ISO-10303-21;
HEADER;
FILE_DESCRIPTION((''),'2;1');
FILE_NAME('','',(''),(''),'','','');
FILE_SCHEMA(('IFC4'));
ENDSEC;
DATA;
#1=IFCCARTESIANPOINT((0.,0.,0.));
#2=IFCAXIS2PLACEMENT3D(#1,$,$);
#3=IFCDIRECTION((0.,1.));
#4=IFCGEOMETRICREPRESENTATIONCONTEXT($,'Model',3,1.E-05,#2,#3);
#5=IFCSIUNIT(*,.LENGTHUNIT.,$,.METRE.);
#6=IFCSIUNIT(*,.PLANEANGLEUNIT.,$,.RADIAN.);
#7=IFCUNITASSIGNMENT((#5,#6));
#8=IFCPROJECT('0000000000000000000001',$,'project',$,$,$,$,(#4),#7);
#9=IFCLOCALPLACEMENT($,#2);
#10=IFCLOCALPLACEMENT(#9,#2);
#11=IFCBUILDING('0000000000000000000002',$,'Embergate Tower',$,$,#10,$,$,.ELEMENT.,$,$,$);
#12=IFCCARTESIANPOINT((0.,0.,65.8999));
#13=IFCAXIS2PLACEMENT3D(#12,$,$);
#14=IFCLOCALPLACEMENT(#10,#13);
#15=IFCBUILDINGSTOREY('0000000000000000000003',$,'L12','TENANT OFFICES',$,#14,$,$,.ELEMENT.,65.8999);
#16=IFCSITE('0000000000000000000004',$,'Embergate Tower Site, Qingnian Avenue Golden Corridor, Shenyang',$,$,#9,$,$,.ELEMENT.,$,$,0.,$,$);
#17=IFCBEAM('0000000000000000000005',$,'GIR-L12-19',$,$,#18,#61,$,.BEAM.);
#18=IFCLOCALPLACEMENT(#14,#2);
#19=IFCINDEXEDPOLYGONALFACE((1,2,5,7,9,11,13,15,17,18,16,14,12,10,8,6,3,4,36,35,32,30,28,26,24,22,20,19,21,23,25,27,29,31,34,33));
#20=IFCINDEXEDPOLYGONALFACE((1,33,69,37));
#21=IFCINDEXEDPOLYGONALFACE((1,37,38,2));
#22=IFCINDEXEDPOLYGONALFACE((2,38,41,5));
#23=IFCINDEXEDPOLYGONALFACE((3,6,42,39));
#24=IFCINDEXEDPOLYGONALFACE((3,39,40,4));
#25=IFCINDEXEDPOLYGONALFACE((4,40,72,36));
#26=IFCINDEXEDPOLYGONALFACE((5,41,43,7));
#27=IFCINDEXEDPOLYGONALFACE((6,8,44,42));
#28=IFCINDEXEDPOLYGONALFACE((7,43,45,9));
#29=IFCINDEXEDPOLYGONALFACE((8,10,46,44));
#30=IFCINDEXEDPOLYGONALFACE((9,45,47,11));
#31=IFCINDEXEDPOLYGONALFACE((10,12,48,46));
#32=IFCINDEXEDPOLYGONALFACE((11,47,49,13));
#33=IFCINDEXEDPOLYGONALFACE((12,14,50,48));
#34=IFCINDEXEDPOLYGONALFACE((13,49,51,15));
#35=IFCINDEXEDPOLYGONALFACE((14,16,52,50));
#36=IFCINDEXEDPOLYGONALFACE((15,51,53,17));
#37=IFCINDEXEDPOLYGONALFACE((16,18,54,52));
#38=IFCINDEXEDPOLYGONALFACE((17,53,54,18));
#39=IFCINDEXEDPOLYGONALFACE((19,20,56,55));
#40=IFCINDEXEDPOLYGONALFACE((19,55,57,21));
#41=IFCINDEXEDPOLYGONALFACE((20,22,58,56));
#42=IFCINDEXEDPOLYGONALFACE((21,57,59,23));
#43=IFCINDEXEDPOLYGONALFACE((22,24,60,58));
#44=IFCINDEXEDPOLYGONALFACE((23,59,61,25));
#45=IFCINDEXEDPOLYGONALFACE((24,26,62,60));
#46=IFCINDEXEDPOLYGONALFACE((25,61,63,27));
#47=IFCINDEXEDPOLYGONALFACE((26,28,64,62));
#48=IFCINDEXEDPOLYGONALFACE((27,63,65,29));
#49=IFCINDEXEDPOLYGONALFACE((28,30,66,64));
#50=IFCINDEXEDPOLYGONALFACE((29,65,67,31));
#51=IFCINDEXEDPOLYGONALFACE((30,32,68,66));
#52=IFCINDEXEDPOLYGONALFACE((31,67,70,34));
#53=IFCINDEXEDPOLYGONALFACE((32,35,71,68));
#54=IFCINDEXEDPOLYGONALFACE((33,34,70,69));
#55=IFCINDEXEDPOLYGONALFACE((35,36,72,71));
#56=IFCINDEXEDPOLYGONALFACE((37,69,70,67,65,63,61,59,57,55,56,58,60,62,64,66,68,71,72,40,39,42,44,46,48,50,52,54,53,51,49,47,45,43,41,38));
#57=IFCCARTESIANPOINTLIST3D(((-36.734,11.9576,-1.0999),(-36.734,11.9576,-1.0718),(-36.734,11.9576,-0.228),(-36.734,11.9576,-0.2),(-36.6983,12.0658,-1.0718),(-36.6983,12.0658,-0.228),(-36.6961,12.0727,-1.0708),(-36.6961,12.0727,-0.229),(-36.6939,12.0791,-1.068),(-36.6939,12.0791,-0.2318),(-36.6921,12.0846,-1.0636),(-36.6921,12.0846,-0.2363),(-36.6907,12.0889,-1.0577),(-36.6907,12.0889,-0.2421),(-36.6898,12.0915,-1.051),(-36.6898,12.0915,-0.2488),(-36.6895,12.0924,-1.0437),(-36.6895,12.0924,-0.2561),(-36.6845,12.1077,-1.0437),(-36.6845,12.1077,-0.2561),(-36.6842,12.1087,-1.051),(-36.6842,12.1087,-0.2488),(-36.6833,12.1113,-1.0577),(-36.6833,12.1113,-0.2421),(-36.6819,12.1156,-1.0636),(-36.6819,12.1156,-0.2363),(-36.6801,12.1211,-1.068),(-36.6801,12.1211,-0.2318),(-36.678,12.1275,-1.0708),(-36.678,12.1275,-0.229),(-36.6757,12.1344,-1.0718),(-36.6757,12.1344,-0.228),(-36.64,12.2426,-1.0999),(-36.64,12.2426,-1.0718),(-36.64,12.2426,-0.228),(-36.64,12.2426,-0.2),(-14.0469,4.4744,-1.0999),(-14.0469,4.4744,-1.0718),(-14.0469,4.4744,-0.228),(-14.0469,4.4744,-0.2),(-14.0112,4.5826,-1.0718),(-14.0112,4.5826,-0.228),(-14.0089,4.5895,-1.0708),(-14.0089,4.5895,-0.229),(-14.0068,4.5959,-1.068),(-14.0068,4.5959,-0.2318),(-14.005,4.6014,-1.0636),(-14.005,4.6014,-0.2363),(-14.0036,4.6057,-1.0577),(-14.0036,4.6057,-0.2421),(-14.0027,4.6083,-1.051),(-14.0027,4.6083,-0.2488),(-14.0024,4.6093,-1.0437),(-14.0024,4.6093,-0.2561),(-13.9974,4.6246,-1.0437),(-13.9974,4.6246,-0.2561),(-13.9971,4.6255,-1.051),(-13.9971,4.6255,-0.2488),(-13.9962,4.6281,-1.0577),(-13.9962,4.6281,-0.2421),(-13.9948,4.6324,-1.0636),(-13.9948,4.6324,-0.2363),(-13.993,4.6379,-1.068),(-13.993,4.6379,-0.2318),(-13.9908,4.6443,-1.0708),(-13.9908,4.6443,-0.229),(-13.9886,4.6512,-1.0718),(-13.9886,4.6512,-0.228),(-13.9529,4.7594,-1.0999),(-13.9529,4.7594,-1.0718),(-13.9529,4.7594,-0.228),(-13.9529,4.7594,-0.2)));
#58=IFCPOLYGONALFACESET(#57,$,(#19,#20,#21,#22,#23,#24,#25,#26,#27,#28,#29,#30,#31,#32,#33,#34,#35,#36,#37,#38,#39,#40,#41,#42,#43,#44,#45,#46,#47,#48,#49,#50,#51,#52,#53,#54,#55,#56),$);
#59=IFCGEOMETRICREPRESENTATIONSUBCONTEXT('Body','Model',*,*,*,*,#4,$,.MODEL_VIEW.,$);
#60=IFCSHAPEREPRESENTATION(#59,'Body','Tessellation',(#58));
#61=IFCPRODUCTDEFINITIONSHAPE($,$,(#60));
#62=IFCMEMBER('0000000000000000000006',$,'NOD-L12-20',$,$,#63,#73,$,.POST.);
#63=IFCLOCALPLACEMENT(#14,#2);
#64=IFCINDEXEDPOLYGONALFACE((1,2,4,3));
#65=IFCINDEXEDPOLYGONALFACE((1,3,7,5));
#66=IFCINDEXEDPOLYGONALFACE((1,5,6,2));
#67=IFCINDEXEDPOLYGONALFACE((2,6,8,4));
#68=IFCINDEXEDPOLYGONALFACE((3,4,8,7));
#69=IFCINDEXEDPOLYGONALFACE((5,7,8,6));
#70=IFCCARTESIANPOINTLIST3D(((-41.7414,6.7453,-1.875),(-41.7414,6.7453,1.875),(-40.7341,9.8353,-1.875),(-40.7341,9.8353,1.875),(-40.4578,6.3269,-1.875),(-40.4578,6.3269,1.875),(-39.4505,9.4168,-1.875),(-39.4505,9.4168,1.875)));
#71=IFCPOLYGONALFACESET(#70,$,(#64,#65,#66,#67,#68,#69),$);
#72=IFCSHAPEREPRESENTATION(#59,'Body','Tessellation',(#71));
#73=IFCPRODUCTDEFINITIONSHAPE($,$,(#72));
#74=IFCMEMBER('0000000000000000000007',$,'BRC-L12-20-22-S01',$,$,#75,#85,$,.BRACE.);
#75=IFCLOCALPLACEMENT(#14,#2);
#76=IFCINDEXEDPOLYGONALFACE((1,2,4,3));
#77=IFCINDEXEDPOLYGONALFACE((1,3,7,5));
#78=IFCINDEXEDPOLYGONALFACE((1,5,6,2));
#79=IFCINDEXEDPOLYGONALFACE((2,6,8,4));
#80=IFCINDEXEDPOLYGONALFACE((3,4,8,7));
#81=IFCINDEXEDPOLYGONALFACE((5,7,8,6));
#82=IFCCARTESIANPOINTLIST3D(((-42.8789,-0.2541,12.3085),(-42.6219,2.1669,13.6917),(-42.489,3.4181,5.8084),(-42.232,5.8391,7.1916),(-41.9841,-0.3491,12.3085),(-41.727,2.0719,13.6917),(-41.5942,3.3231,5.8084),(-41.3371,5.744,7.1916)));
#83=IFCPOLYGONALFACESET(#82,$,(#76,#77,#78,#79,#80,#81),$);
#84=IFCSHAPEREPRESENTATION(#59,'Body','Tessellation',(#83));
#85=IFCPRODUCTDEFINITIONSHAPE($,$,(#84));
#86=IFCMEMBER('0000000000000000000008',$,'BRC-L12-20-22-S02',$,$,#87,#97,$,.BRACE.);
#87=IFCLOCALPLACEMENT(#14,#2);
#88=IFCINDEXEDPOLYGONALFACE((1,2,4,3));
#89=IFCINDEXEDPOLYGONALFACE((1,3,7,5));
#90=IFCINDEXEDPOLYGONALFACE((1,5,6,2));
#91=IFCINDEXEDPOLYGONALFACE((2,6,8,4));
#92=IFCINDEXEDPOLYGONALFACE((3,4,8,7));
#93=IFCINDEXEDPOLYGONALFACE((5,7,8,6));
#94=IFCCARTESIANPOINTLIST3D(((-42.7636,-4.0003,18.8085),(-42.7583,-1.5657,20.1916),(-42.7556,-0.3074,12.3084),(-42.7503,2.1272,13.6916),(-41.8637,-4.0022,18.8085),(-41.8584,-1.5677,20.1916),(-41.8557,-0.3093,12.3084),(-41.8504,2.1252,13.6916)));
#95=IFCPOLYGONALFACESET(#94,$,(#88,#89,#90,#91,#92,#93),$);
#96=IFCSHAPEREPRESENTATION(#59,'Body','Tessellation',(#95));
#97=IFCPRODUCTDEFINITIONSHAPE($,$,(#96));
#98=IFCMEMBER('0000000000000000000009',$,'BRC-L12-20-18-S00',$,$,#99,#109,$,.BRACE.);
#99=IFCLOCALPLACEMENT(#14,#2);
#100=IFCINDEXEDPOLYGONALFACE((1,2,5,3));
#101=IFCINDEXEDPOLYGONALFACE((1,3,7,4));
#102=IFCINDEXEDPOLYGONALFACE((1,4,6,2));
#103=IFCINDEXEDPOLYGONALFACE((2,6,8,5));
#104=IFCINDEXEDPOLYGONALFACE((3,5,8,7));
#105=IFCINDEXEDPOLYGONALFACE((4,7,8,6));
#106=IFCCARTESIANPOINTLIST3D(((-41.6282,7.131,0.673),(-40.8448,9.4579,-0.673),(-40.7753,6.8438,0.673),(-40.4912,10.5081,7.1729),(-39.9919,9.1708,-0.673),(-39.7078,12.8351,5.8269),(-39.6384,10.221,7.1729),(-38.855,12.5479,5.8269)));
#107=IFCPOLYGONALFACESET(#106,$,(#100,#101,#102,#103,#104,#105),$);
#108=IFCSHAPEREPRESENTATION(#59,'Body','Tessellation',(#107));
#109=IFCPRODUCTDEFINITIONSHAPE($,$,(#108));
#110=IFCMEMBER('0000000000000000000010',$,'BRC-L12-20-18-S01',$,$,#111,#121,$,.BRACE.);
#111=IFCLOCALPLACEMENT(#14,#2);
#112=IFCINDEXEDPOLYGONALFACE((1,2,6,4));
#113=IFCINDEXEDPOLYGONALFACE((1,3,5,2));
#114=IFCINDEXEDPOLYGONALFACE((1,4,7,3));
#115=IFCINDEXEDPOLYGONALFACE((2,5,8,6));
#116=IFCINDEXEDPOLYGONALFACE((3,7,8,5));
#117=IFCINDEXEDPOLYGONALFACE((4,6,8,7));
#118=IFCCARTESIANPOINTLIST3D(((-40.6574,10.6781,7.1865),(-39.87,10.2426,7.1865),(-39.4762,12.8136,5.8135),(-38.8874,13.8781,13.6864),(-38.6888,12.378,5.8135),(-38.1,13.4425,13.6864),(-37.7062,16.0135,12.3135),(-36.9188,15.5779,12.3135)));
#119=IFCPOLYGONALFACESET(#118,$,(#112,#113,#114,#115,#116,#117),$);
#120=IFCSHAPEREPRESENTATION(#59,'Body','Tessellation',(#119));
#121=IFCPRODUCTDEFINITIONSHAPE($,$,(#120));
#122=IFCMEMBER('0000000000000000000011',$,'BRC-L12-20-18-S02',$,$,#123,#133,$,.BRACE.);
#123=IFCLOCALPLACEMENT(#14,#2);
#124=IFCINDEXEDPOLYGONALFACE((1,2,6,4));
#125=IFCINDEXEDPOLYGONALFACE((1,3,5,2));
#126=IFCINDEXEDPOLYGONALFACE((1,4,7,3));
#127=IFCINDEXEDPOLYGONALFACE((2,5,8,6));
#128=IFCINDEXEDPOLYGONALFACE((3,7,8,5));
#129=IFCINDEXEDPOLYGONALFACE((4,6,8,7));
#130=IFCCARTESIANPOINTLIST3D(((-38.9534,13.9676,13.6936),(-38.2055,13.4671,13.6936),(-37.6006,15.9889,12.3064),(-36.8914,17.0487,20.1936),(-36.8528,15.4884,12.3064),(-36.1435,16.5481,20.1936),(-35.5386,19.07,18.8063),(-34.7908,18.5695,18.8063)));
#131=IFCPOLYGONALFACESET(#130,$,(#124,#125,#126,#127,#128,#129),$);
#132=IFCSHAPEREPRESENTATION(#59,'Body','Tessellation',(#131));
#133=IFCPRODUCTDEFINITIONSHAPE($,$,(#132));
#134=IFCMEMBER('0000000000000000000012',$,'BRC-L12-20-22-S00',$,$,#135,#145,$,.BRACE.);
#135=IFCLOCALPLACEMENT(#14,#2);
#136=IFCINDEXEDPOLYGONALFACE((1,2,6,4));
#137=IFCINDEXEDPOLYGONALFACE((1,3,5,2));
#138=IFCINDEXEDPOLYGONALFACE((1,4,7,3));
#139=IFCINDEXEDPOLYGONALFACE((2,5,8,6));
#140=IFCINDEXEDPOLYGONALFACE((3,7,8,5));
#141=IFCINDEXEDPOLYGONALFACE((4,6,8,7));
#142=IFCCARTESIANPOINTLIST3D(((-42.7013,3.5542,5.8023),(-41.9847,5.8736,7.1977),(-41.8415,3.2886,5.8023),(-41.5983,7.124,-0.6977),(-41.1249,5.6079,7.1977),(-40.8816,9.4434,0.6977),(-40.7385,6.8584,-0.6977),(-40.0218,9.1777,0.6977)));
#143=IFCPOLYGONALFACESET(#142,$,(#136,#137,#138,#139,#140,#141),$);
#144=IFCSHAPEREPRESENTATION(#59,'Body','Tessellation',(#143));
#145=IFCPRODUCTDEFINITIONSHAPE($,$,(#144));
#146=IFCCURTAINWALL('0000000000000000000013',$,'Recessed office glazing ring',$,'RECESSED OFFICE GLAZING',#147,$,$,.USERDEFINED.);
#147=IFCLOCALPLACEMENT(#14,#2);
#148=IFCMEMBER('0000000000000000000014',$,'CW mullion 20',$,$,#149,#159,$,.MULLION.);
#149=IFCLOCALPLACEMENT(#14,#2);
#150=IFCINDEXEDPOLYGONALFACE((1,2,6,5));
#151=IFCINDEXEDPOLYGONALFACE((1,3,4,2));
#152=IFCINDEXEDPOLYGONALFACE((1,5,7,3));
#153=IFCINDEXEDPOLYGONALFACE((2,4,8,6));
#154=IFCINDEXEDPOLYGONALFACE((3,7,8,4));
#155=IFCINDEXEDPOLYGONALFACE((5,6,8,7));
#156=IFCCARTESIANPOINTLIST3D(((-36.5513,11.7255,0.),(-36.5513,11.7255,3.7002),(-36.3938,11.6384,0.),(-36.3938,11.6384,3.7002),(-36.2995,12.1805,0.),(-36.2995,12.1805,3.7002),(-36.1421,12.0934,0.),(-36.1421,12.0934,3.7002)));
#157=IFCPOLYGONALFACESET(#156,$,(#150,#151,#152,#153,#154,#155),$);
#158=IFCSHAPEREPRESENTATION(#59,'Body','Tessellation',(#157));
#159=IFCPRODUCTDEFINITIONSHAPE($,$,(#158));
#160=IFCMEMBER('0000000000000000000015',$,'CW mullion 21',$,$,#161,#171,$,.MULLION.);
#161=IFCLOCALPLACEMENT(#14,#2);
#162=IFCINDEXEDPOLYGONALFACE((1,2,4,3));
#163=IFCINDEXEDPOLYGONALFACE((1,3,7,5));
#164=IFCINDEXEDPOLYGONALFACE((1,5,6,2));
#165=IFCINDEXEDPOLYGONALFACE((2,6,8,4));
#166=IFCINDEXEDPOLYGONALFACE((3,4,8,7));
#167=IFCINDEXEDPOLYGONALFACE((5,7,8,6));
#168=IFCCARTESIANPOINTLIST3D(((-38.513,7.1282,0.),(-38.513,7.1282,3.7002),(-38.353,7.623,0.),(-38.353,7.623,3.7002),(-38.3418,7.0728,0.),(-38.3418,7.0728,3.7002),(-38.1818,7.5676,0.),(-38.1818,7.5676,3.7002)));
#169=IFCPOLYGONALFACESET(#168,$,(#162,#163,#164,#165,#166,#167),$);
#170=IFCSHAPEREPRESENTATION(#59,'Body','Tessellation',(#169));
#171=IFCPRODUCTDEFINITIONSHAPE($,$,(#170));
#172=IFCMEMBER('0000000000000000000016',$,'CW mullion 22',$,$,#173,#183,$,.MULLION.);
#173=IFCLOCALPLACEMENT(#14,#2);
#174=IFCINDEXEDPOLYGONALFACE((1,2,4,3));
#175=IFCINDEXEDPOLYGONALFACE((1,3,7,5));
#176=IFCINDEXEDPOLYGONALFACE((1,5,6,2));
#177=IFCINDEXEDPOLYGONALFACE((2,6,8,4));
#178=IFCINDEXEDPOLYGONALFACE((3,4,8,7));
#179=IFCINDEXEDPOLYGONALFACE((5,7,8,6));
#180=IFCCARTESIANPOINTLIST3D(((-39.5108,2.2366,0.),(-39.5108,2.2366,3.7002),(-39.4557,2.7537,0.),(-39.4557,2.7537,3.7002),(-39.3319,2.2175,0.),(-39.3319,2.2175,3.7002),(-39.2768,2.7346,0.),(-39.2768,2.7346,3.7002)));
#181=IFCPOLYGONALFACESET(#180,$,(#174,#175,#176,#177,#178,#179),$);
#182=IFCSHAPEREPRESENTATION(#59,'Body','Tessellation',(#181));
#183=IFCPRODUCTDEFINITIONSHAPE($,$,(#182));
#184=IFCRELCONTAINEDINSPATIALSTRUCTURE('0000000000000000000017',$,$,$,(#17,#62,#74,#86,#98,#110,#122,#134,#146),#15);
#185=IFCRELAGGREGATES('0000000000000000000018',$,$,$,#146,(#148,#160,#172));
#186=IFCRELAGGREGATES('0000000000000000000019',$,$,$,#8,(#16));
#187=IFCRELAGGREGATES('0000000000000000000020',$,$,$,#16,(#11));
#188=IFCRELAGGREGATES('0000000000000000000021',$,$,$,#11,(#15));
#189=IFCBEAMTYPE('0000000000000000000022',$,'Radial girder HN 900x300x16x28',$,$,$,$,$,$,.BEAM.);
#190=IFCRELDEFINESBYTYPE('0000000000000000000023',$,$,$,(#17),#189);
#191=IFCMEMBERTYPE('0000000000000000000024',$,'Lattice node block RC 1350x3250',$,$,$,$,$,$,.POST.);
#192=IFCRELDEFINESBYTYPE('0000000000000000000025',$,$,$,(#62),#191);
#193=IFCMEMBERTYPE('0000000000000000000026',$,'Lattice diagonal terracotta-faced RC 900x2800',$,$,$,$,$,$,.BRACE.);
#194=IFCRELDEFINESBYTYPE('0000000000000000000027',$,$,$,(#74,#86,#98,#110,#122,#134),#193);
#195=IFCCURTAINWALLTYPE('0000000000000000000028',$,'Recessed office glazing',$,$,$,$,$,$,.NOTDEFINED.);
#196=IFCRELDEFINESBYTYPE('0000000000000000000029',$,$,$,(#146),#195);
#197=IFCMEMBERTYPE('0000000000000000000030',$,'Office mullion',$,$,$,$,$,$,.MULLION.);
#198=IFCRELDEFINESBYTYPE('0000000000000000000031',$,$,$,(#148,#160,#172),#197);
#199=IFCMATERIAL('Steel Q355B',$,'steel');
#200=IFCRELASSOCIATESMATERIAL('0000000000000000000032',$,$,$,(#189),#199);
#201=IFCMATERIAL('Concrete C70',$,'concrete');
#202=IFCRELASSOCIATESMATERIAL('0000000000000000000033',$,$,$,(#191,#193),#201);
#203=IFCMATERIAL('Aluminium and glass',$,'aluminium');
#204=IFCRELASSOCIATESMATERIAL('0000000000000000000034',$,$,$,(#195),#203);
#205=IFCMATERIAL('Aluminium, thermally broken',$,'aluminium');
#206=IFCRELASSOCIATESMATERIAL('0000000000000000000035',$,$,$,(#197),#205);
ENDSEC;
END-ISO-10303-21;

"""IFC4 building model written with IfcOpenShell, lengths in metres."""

from ifc_helpers import new_model, si_unit, direction, frame, origin, origin_2d, place, context, subcontext, project, spatial, rectangle, i_section, extrude, source, transform, mapped, material, material_profile, profile_set, type_object, element, aggregate, save


model = new_model("IFC4")

# Units and contexts
model_context = context("Model", 3, precision=1e-05, world=origin(), true_north=direction((0.0, 1.0)))
body_context = subcontext(model_context, "Body", "Model", "MODEL_VIEW")
ifc_project = project(units=[si_unit("LENGTHUNIT", "METRE"), si_unit("PLANEANGLEUNIT", "RADIAN")], contexts=[model_context])

# Site, building, storey
site_placement = place(None, origin())
site = spatial("IfcSite", under=ifc_project, at=site_placement, Name="Embergate Tower Site, Qingnian Avenue Golden Corridor, Shenyang", CompositionType="ELEMENT", RefElevation=0.0)
building_placement = place(site_placement, origin())
building = spatial("IfcBuilding", under=site, at=building_placement, Name="Embergate Tower", CompositionType="ELEMENT")
storey_placement = place(building_placement, frame((0.0, 0.0, 65.8999)))
storey = spatial("IfcBuildingStorey", under=building, at=storey_placement, Name="L12", Description="TENANT OFFICES", CompositionType="ELEMENT", Elevation=65.8999)

# Shared definitions
ifc_material_1 = material(Name="Concrete C70", Category="concrete")

# Beam
ifc_material_2 = material(Name="Steel Q355B", Category="steel")
ifc_material_profile_1 = material_profile(ifc_material_2, i_section(OverallWidth=0.3, OverallDepth=0.8999, WebThickness=0.0161, FlangeThickness=0.0281, FilletRadius=0.0281, at=origin_2d()), Name="HN 900x300x16x28")
ifc_profile_set_1 = profile_set([ifc_material_profile_1], Name="Steel Q355 grade B")
beam_type_1 = type_object("IfcBeamType", Name="Radial girder HN 900x300x16x28", PredefinedType="BEAM", material=ifc_profile_set_1)
shared_shape_1 = source(origin(), body_context, "Body", "SweptSolid", [
    extrude(i_section(OverallWidth=0.3, OverallDepth=0.8999, WebThickness=0.0161, FlangeThickness=0.0281, FilletRadius=0.0281, at=origin_2d()), origin(), (0.0, 0.0, 1.0), 23.8894),
])
beam_1_placement = place(storey_placement, frame((-36.687, 12.1001, -0.6499), z_axis=(0.949673, -0.313243, 0.0), x_axis=(0.313243, 0.949673, 0.0)))
element("IfcBeam", 1, at=beam_1_placement, inside=storey, type_object=beam_type_1, Name="GIR-L12-19", PredefinedType="BEAM", context=body_context, shape_type="MappedRepresentation", body=[
    mapped(shared_shape_1, transform((0.0, 0.0, 0.0))),
])

# Members
ifc_material_profile_2 = material_profile(ifc_material_1, rectangle(XDim=1.3501, YDim=3.25, at=origin_2d()), Name="RC 1350x3250")
ifc_profile_set_2 = profile_set([ifc_material_profile_2], Name="Concrete C70")
member_type_1 = type_object("IfcMemberType", Name="Lattice node block RC 1350x3250", PredefinedType="POST", material=ifc_profile_set_2)
shared_shape_2 = source(origin(), body_context, "Body", "SweptSolid", [
    extrude(rectangle(XDim=1.3501, YDim=3.25, at=origin_2d()), origin(), (0.0, 0.0, 1.0), 3.75),
])
member_1_placement = place(storey_placement, frame((-40.5959, 8.0811, -1.875), z_axis=(0.0, 0.0, 1.0), x_axis=(-0.950754, 0.309946, 0.0)))
element("IfcMember", 2, at=member_1_placement, inside=storey, type_object=member_type_1, Name="NOD-L12-20", PredefinedType="POST", context=body_context, shape_type="MappedRepresentation", body=[
    mapped(shared_shape_2, transform((0.0, 0.0, 0.0))),
])
ifc_material_profile_3 = material_profile(ifc_material_1, rectangle(XDim=0.8999, YDim=2.8, at=origin_2d()), Name="RC 900x2800")
ifc_profile_set_3 = profile_set([ifc_material_profile_3], Name="Concrete C70")
member_type_2 = type_object("IfcMemberType", Name="Lattice diagonal terracotta-faced RC 900x2800", PredefinedType="BRACE", material=ifc_profile_set_3)
shared_shape_3 = source(origin(), body_context, "Body", "SweptSolid", [
    extrude(rectangle(XDim=0.8999, YDim=2.8, at=origin_2d()), origin(), (0.0, 0.0, 1.0), 7.4758),
])
for number, where, z_axis, x_axis, name in (
    (3, (-41.9131, 4.5811, 6.5), (-0.052154, -0.491206, 0.869481), (0.99441, -0.105583, 0.0), "BRC-L12-20-22-S01"),
    (4, (-42.303, 0.9089, 13.0), (-0.001078, -0.493978, 0.869474), (0.999998, -0.002182, 0.0), "BRC-L12-20-22-S02"),
):
    element("IfcMember", number, at=place(storey_placement, frame(where, z_axis=z_axis, x_axis=x_axis)), inside=storey, type_object=member_type_2, Name=name, PredefinedType="BRACE", context=body_context, shape_type="MappedRepresentation", body=[
        mapped(shared_shape_3, transform((0.0, 0.0, 0.0))),
    ])
shared_shape_4 = source(origin(), body_context, "Body", "SweptSolid", [
    extrude(rectangle(XDim=0.8999, YDim=2.8, at=origin_2d()), origin(), (0.0, 0.0, 1.0), 7.4126),
])
member_2_placement = place(storey_placement, frame((-40.8101, 8.1509, 0.0), z_axis=(0.15338, 0.455596, 0.876873), x_axis=(-0.947734, 0.319063, 0.0)))
element("IfcMember", 5, at=member_2_placement, inside=storey, type_object=member_type_2, Name="BRC-L12-20-18-S00", PredefinedType="BRACE", context=body_context, shape_type="MappedRepresentation", body=[
    mapped(shared_shape_4, transform((0.0, 0.0, 0.0))),
])
shared_shape_5 = source(origin(), body_context, "Body", "SweptSolid", [
    extrude(rectangle(XDim=0.8999, YDim=2.8, at=origin_2d()), origin(), (0.0, 0.0, 1.0), 7.458),
])
member_3_placement = place(storey_placement, frame((-39.6731, 11.5281, 6.5), z_axis=(0.23733, 0.429059, 0.87154), x_axis=(-0.875053, 0.484027, 0.0)))
element("IfcMember", 6, at=member_3_placement, inside=storey, type_object=member_type_2, Name="BRC-L12-20-18-S01", PredefinedType="BRACE", context=body_context, shape_type="MappedRepresentation", body=[
    mapped(shared_shape_5, transform((0.0, 0.0, 0.0))),
])
shared_shape_6 = source(origin(), body_context, "Body", "SweptSolid", [
    extrude(rectangle(XDim=0.8999, YDim=2.8, at=origin_2d()), origin(), (0.0, 0.0, 1.0), 7.4829),
])
member_4_placement = place(storey_placement, frame((-37.9031, 14.728, 13.0), z_axis=(0.275561, 0.411742, 0.868639), x_axis=(-0.831056, 0.556189, 0.0)))
element("IfcMember", 7, at=member_4_placement, inside=storey, type_object=member_type_2, Name="BRC-L12-20-18-S02", PredefinedType="BRACE", context=body_context, shape_type="MappedRepresentation", body=[
    mapped(shared_shape_6, transform((0.0, 0.0, 0.0))),
])
shared_shape_7 = source(origin(), body_context, "Body", "SweptSolid", [
    extrude(rectangle(XDim=0.8999, YDim=2.8, at=origin_2d()), origin(), (0.0, 0.0, 1.0), 7.4973),
])
member_5_placement = place(storey_placement, frame((-40.8101, 8.1509, 0.0), z_axis=(-0.147122, -0.476145, 0.866973), x_axis=(0.955431, -0.295215, 0.0)))
element("IfcMember", 8, at=member_5_placement, inside=storey, type_object=member_type_2, Name="BRC-L12-20-22-S00", PredefinedType="BRACE", context=body_context, shape_type="MappedRepresentation", body=[
    mapped(shared_shape_7, transform((0.0, 0.0, 0.0))),
])

# Curtain wall, members
ifc_material_3 = material(Name="Aluminium and glass", Category="aluminium")
curtain_wall_type = type_object("IfcCurtainWallType", Name="Recessed office glazing", PredefinedType="NOTDEFINED", material=ifc_material_3)
curtain_wall_placement = place(storey_placement, origin())
curtain_wall = element("IfcCurtainWall", 9, at=curtain_wall_placement, inside=storey, type_object=curtain_wall_type, Name="Recessed office glazing ring", ObjectType="RECESSED OFFICE GLAZING", PredefinedType="USERDEFINED")
ifc_material_4 = material(Name="Aluminium, thermally broken", Category="aluminium")
ifc_material_profile_4 = material_profile(ifc_material_4, rectangle(XDim=0.1799, YDim=0.52, at=origin_2d()), Name="AL 520x180")
ifc_profile_set_4 = profile_set([ifc_material_profile_4], Name="Aluminium, thermally broken")
member_type_3 = type_object("IfcMemberType", Name="Office mullion", PredefinedType="MULLION", material=ifc_profile_set_4)
shared_shape_8 = source(origin(), body_context, "Body", "SweptSolid", [
    extrude(rectangle(XDim=0.1799, YDim=0.52, at=origin_2d()), origin(), (0.0, 0.0, 1.0), 3.7002),
])
member_6_placement = place(storey_placement, frame((-36.3467, 11.9094, 0.0), z_axis=(0.0, 0.0, 1.0), x_axis=(0.87501, -0.484104, 0.0)))
member_6 = element("IfcMember", 10, at=member_6_placement, type_object=member_type_3, Name="CW mullion 20", PredefinedType="MULLION", context=body_context, shape_type="MappedRepresentation", body=[
    mapped(shared_shape_8, transform((0.0, 0.0, 0.0))),
])
member_7_placement = place(storey_placement, frame((-38.3474, 7.3479, 0.0), z_axis=(0.0, 0.0, 1.0), x_axis=(0.951502, -0.307642, 0.0)))
member_7 = element("IfcMember", 11, at=member_7_placement, type_object=member_type_3, Name="CW mullion 21", PredefinedType="MULLION", context=body_context, shape_type="MappedRepresentation", body=[
    mapped(shared_shape_8, transform((0.0, 0.0, 0.0))),
])
member_8_placement = place(storey_placement, frame((-39.3938, 2.4856, 0.0), z_axis=(0.0, 0.0, 1.0), x_axis=(0.994386, -0.105818, 0.0)))
member_8 = element("IfcMember", 12, at=member_8_placement, type_object=member_type_3, Name="CW mullion 22", PredefinedType="MULLION", context=body_context, shape_type="MappedRepresentation", body=[
    mapped(shared_shape_8, transform((0.0, 0.0, 0.0))),
])
aggregate(curtain_wall, [member_6, member_7, member_8])

save(model, "model.ifc")
